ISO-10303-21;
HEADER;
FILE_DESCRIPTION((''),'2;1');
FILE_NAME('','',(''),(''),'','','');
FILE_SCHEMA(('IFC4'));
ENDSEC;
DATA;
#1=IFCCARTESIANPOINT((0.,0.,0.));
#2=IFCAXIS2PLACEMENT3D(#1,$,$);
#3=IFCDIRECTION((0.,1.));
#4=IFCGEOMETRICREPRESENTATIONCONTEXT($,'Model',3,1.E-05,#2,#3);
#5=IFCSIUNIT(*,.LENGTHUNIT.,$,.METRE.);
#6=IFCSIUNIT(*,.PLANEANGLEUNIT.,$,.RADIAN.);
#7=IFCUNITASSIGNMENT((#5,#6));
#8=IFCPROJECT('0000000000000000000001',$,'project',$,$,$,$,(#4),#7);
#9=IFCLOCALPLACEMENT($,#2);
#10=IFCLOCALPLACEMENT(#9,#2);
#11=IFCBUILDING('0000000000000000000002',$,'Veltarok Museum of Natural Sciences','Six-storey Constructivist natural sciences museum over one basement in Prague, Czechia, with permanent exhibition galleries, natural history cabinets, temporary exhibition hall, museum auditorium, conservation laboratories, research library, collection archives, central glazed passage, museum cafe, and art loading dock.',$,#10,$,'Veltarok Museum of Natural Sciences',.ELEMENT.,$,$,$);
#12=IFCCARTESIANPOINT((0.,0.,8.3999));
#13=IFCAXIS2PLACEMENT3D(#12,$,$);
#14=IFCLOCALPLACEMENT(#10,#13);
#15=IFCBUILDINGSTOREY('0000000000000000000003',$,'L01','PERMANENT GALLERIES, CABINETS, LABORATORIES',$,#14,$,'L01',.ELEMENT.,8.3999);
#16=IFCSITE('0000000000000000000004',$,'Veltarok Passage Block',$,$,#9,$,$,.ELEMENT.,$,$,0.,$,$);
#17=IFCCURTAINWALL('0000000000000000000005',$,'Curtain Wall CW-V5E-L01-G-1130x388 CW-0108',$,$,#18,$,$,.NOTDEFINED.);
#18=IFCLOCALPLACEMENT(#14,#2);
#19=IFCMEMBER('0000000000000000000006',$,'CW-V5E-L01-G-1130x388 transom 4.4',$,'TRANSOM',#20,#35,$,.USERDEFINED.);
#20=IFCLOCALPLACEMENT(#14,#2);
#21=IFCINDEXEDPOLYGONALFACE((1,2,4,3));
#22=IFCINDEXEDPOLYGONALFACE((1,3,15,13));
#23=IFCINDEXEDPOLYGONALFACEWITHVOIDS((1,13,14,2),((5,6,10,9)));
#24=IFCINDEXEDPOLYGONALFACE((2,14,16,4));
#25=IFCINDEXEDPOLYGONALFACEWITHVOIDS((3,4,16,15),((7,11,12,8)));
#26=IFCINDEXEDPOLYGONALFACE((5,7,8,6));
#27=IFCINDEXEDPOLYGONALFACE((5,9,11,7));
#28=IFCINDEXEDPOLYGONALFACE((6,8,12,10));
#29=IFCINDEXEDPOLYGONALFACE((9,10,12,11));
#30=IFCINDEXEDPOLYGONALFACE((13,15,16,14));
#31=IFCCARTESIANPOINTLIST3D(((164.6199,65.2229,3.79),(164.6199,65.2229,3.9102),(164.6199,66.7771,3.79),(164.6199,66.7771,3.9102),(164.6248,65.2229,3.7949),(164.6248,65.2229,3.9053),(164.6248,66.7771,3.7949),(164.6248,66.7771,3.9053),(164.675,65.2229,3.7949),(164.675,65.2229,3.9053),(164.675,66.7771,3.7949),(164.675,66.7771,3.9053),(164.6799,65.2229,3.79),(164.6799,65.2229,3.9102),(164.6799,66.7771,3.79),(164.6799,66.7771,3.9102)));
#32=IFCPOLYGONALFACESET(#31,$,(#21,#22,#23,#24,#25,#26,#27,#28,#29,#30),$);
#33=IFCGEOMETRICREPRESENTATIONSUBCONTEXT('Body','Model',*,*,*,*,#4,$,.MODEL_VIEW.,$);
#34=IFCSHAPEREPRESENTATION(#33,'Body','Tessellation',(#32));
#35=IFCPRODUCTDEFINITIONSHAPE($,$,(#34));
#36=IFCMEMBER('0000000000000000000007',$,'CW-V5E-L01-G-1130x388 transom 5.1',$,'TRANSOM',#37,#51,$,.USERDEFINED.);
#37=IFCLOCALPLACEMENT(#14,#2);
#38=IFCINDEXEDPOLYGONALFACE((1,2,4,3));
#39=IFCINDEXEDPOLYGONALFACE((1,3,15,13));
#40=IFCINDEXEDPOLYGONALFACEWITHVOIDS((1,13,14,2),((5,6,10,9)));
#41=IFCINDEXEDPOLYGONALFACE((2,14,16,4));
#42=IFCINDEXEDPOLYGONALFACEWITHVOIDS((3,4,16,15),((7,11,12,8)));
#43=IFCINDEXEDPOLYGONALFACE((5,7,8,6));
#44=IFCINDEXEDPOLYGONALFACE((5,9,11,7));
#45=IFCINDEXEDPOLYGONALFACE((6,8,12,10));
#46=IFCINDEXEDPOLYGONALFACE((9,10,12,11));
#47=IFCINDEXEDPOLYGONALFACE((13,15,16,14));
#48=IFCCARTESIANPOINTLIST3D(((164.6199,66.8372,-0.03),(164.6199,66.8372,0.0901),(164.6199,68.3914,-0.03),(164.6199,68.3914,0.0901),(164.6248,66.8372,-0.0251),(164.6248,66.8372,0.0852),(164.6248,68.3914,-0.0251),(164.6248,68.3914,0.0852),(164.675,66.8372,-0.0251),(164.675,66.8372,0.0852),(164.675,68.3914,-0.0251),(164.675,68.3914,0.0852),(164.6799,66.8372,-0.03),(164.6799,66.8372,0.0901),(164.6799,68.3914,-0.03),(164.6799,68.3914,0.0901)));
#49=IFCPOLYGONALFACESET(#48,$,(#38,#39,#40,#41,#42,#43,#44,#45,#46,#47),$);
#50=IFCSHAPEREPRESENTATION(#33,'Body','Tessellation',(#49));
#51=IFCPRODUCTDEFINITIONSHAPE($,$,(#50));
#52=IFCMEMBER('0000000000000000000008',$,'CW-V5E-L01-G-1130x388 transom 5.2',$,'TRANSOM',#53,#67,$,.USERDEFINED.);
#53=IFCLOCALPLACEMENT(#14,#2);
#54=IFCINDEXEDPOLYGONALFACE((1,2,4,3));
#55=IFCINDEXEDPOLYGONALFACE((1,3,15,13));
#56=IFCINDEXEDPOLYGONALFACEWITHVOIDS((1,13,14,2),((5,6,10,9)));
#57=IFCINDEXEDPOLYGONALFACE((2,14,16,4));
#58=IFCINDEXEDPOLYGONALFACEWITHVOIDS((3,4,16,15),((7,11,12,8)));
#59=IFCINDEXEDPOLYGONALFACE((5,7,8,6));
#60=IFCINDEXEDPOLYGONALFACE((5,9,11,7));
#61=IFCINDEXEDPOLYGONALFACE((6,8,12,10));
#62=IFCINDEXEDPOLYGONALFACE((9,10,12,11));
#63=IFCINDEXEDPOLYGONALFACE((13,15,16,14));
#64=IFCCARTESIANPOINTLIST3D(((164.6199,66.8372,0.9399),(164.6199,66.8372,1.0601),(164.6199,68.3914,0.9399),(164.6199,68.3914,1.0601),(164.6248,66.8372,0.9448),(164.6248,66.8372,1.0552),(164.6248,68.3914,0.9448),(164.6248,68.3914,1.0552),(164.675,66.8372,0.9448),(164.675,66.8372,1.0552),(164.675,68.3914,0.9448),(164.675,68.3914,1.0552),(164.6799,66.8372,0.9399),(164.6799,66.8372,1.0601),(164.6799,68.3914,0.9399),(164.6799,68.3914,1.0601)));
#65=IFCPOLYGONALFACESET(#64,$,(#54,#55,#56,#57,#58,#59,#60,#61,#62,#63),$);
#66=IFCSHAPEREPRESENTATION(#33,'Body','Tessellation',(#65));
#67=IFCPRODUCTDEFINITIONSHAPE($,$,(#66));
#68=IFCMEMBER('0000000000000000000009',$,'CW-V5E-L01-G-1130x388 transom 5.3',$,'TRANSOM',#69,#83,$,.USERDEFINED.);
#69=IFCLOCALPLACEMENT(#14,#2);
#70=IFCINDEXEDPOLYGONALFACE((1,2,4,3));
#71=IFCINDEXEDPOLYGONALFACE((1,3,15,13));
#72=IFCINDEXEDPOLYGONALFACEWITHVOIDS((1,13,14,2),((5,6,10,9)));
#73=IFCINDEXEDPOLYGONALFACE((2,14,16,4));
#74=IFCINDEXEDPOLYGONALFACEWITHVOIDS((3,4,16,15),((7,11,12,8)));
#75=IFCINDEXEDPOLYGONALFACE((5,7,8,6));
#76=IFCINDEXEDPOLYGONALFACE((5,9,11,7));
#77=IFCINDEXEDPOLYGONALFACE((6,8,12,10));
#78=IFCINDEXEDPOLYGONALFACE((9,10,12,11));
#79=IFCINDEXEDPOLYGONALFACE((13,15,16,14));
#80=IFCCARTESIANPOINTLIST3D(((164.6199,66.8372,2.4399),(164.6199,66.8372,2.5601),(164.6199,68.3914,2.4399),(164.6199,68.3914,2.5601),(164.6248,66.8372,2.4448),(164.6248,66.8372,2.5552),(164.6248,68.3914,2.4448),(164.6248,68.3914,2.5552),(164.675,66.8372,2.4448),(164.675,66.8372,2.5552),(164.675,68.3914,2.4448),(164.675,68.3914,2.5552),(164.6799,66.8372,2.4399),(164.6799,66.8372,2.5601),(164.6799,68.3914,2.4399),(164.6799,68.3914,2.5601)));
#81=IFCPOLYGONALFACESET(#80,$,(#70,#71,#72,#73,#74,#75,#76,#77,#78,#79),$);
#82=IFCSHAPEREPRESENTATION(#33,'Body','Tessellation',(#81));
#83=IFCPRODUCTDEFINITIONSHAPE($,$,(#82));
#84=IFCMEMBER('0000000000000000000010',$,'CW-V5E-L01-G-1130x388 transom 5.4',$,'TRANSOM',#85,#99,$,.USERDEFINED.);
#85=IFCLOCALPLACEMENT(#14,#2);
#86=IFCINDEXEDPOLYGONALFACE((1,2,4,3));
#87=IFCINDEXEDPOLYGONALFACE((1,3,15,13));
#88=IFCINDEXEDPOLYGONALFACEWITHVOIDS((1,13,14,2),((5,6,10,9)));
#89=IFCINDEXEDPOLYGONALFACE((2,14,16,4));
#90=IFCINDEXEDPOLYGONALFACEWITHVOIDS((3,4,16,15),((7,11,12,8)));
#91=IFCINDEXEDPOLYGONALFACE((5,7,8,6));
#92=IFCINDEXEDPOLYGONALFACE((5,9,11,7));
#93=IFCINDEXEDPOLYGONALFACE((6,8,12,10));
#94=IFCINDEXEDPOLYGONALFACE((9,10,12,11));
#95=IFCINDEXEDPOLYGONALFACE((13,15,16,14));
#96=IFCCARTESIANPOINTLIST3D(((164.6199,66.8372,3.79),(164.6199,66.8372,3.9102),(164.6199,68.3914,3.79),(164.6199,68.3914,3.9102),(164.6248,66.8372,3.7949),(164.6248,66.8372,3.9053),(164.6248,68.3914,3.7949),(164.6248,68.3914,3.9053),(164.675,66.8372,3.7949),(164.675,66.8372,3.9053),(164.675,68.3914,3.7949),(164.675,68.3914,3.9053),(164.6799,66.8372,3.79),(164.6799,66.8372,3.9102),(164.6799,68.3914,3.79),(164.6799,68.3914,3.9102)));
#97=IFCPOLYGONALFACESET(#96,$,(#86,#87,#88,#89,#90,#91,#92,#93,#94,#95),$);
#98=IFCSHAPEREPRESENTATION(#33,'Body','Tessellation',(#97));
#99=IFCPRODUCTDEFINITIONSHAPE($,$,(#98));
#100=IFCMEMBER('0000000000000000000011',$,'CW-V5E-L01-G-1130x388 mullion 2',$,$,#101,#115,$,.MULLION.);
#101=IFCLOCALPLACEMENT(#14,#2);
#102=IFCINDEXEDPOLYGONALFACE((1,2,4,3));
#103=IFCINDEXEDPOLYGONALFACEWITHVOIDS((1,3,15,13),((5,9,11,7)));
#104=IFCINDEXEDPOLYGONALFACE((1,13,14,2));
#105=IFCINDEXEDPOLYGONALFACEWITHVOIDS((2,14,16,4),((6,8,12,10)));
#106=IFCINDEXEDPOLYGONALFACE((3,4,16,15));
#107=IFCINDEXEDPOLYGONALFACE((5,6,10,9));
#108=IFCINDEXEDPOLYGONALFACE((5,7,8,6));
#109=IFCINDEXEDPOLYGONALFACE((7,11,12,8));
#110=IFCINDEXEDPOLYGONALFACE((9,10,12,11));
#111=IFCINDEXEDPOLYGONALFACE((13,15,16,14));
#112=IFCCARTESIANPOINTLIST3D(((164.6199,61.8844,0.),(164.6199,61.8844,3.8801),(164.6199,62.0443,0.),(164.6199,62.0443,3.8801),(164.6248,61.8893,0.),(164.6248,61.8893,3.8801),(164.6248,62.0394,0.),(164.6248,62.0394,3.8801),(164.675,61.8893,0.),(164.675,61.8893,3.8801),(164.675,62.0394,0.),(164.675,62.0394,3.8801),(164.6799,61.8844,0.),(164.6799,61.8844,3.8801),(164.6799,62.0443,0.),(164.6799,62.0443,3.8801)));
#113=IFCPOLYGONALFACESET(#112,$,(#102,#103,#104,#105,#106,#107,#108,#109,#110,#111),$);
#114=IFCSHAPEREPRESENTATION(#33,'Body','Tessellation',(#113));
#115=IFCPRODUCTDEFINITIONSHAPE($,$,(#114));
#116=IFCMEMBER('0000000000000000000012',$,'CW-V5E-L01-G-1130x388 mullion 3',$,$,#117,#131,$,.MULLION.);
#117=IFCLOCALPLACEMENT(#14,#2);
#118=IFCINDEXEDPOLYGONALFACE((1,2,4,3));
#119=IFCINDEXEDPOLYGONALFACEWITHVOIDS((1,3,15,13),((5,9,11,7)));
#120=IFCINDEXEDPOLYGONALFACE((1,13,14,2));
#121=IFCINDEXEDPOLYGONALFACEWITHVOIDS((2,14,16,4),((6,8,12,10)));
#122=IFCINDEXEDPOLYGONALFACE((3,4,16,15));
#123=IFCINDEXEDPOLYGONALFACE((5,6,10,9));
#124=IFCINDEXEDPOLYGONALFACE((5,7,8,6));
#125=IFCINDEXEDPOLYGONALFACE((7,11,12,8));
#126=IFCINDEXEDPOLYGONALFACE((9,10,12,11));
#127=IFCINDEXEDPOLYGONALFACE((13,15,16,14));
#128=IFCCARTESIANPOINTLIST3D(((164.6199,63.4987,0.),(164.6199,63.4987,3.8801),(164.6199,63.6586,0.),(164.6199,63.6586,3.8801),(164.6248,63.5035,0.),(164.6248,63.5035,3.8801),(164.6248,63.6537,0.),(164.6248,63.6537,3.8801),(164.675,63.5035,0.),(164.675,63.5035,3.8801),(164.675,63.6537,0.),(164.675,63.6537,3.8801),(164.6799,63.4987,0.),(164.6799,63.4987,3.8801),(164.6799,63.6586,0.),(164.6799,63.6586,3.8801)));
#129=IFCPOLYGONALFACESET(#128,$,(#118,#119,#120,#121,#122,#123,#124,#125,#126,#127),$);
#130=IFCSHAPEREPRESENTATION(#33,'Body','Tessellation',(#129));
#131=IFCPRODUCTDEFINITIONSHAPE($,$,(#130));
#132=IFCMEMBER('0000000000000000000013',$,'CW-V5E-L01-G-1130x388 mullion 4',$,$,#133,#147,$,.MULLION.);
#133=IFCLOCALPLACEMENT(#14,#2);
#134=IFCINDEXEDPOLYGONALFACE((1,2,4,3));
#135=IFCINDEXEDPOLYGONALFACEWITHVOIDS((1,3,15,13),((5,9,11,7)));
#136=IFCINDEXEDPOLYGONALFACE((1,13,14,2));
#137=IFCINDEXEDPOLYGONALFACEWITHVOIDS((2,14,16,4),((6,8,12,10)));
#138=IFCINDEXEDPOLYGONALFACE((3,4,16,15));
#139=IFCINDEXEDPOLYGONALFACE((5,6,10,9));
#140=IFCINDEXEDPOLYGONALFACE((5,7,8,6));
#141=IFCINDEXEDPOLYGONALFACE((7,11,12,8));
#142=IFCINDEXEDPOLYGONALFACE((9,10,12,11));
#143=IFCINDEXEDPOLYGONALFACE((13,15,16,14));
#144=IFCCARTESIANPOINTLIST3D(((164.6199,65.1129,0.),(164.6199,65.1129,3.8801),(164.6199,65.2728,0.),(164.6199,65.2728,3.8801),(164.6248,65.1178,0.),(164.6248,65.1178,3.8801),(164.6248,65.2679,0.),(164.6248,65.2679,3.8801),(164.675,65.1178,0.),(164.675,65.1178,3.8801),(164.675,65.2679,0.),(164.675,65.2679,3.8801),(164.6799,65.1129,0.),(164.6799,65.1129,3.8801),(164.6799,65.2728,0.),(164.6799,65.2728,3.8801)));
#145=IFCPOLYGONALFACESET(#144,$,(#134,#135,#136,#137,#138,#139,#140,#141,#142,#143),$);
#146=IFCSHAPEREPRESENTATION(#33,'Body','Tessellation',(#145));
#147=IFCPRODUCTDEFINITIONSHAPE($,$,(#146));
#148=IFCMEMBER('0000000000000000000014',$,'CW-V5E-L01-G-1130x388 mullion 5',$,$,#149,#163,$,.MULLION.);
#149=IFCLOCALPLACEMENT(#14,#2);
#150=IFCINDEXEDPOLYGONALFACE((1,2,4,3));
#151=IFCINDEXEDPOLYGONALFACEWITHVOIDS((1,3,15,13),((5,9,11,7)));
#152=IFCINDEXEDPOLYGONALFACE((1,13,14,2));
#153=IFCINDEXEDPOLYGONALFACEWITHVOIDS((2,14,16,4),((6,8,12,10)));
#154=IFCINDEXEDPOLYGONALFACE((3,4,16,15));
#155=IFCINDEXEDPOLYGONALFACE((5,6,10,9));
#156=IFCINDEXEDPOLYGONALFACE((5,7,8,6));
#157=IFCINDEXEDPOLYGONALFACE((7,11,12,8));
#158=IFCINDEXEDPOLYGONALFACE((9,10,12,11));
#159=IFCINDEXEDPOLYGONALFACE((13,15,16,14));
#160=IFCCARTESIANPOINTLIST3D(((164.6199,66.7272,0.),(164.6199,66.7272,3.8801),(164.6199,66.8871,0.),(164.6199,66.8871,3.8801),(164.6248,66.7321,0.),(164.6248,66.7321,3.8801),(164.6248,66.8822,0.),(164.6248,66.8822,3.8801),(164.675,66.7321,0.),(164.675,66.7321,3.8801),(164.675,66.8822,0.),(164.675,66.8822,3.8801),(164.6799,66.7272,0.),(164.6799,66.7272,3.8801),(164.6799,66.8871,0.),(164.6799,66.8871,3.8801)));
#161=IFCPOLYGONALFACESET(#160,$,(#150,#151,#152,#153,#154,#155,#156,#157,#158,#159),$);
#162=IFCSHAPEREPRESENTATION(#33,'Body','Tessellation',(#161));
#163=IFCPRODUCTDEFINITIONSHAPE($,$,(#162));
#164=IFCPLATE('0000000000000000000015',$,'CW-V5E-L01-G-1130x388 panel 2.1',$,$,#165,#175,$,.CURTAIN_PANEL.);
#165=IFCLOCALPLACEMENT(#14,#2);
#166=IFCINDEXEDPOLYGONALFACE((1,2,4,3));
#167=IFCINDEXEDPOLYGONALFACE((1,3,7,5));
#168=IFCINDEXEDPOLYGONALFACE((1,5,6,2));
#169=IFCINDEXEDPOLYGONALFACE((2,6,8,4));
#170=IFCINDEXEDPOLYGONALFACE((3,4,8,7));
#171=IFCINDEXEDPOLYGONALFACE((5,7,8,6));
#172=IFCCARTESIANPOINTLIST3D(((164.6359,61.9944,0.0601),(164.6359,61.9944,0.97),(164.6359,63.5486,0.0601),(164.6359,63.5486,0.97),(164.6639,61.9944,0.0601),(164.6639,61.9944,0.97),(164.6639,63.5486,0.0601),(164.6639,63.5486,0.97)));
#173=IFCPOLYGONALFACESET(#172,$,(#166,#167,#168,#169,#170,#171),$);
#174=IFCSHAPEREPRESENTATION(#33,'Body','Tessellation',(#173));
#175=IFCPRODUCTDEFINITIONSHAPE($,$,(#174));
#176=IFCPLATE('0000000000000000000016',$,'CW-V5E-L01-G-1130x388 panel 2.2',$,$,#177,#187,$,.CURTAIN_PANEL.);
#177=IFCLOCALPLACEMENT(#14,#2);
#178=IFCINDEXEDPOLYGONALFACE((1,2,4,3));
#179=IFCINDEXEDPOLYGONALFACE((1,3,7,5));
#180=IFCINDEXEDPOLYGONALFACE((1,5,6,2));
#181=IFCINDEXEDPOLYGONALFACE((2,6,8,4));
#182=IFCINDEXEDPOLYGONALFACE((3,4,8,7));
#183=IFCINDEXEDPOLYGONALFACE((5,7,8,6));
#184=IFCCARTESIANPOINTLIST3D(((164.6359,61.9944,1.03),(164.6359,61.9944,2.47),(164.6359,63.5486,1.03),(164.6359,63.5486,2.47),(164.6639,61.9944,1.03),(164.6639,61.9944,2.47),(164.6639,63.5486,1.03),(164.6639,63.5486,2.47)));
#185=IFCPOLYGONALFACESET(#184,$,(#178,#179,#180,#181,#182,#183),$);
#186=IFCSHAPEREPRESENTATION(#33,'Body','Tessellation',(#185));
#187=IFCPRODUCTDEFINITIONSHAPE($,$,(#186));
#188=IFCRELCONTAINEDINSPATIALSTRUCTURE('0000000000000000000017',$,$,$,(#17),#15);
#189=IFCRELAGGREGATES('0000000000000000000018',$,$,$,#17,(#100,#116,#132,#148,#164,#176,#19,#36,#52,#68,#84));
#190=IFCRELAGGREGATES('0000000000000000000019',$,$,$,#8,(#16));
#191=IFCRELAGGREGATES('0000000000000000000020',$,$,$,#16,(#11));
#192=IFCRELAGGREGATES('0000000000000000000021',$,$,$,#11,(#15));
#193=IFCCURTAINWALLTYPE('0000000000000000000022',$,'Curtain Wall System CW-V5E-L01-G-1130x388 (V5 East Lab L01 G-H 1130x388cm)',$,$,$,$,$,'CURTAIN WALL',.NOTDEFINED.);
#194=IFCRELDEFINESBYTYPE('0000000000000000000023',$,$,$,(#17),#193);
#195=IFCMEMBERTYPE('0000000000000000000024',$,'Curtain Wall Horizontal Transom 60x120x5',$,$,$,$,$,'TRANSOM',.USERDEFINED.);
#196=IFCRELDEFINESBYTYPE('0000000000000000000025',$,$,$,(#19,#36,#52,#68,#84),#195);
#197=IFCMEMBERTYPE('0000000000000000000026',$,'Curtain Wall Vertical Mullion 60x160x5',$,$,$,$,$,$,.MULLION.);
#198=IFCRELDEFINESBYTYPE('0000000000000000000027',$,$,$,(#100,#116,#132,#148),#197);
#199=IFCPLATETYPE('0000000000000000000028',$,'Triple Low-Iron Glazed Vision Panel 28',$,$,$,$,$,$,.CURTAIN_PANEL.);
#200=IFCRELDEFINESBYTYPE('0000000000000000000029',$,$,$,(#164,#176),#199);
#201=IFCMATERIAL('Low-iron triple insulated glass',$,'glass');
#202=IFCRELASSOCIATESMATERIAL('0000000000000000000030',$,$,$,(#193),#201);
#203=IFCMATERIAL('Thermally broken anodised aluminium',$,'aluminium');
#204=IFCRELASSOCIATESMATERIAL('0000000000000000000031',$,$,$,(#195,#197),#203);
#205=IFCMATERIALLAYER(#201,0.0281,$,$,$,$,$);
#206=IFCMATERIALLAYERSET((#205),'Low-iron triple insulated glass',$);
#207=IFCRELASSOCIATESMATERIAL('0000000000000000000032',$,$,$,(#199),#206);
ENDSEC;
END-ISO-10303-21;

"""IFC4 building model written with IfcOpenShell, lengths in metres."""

from ifc_helpers import new_model, si_unit, direction, frame, origin, origin_2d, place, context, subcontext, project, spatial, rectangle, hollow_rectangle, extrude, material, layer, layer_set, material_profile, profile_set, type_object, element, aggregate, save


model = new_model("IFC4")

# Units and contexts
model_context = context("Model", 3, precision=1e-05, world=origin(), true_north=direction((0.0, 1.0)))
body_context = subcontext(model_context, "Body", "Model", "MODEL_VIEW")
ifc_project = project(units=[si_unit("LENGTHUNIT", "METRE"), si_unit("PLANEANGLEUNIT", "RADIAN")], contexts=[model_context])

# Site, building, storey
site_placement = place(None, origin())
site = spatial("IfcSite", under=ifc_project, at=site_placement, Name="Veltarok Passage Block", CompositionType="ELEMENT", RefElevation=0.0)
building_placement = place(site_placement, origin())
building = spatial("IfcBuilding", under=site, at=building_placement, Name="Veltarok Museum of Natural Sciences", Description="Six-storey Constructivist natural sciences museum over one basement in Prague, Czechia, with permanent exhibition galleries, natural history cabinets, temporary exhibition hall, museum auditorium, conservation laboratories, research library, collection archives, central glazed passage, museum cafe, and art loading dock.", LongName="Veltarok Museum of Natural Sciences", CompositionType="ELEMENT")
storey_placement = place(building_placement, frame((0.0, 0.0, 8.3999)))
storey = spatial("IfcBuildingStorey", under=building, at=storey_placement, Name="L01", Description="PERMANENT GALLERIES, CABINETS, LABORATORIES", LongName="L01", CompositionType="ELEMENT", Elevation=8.3999)

# Curtain wall, members, plates
ifc_material_1 = material(Name="Low-iron triple insulated glass", Category="glass")
curtain_wall_type = type_object("IfcCurtainWallType", Name="Curtain Wall System CW-V5E-L01-G-1130x388 (V5 East Lab L01 G-H 1130x388cm)", ElementType="CURTAIN WALL", PredefinedType="NOTDEFINED", material=ifc_material_1)
curtain_wall_placement = place(storey_placement, origin())
curtain_wall = element("IfcCurtainWall", 1, at=curtain_wall_placement, inside=storey, type_object=curtain_wall_type, Name="Curtain Wall CW-V5E-L01-G-1130x388 CW-0108", PredefinedType="NOTDEFINED")
ifc_material_2 = material(Name="Thermally broken anodised aluminium", Category="aluminium")
ifc_material_profile_1 = material_profile(ifc_material_2, hollow_rectangle(XDim=0.0601, YDim=0.1201, WallThickness=0.0049, at=origin_2d()), Name="CW TRANSOM 60x120x5")
ifc_profile_set_1 = profile_set([ifc_material_profile_1], Name="Thermally broken anodised aluminium")
member_type_1 = type_object("IfcMemberType", Name="Curtain Wall Horizontal Transom 60x120x5", ElementType="TRANSOM", PredefinedType="USERDEFINED", material=ifc_profile_set_1)
member_1_placement = place(storey_placement, frame((164.6499, 65.2229, 3.8501), z_axis=(0.0, 1.0, 0.0), x_axis=(-1.0, 0.0, 0.0)))
member_1 = element("IfcMember", 2, at=member_1_placement, type_object=member_type_1, Name="CW-V5E-L01-G-1130x388 transom 4.4", ObjectType="TRANSOM", PredefinedType="USERDEFINED", context=body_context, shape_type="SweptSolid", body=[
    extrude(hollow_rectangle(XDim=0.0601, YDim=0.1201, WallThickness=0.0049, at=origin_2d()), origin(), (0.0, 0.0, 1.0), 1.5542),
])
member_2_placement = place(storey_placement, frame((164.6499, 66.8372, 0.03), z_axis=(0.0, 1.0, 0.0), x_axis=(-1.0, 0.0, 0.0)))
member_2 = element("IfcMember", 3, at=member_2_placement, type_object=member_type_1, Name="CW-V5E-L01-G-1130x388 transom 5.1", ObjectType="TRANSOM", PredefinedType="USERDEFINED", context=body_context, shape_type="SweptSolid", body=[
    extrude(hollow_rectangle(XDim=0.0601, YDim=0.1201, WallThickness=0.0049, at=origin_2d()), origin(), (0.0, 0.0, 1.0), 1.5542),
])
member_3_placement = place(storey_placement, frame((164.6499, 66.8372, 1.0), z_axis=(0.0, 1.0, 0.0), x_axis=(-1.0, 0.0, 0.0)))
member_3 = element("IfcMember", 4, at=member_3_placement, type_object=member_type_1, Name="CW-V5E-L01-G-1130x388 transom 5.2", ObjectType="TRANSOM", PredefinedType="USERDEFINED", context=body_context, shape_type="SweptSolid", body=[
    extrude(hollow_rectangle(XDim=0.0601, YDim=0.1201, WallThickness=0.0049, at=origin_2d()), origin(), (0.0, 0.0, 1.0), 1.5542),
])
member_4_placement = place(storey_placement, frame((164.6499, 66.8372, 2.5), z_axis=(0.0, 1.0, 0.0), x_axis=(-1.0, 0.0, 0.0)))
member_4 = element("IfcMember", 5, at=member_4_placement, type_object=member_type_1, Name="CW-V5E-L01-G-1130x388 transom 5.3", ObjectType="TRANSOM", PredefinedType="USERDEFINED", context=body_context, shape_type="SweptSolid", body=[
    extrude(hollow_rectangle(XDim=0.0601, YDim=0.1201, WallThickness=0.0049, at=origin_2d()), origin(), (0.0, 0.0, 1.0), 1.5542),
])
member_5_placement = place(storey_placement, frame((164.6499, 66.8372, 3.8501), z_axis=(0.0, 1.0, 0.0), x_axis=(-1.0, 0.0, 0.0)))
member_5 = element("IfcMember", 6, at=member_5_placement, type_object=member_type_1, Name="CW-V5E-L01-G-1130x388 transom 5.4", ObjectType="TRANSOM", PredefinedType="USERDEFINED", context=body_context, shape_type="SweptSolid", body=[
    extrude(hollow_rectangle(XDim=0.0601, YDim=0.1201, WallThickness=0.0049, at=origin_2d()), origin(), (0.0, 0.0, 1.0), 1.5542),
])
ifc_material_profile_2 = material_profile(ifc_material_2, hollow_rectangle(XDim=0.0601, YDim=0.1599, WallThickness=0.0049, at=origin_2d()), Name="CW MULLION 60x160x5")
ifc_profile_set_2 = profile_set([ifc_material_profile_2], Name="Thermally broken anodised aluminium")
member_type_2 = type_object("IfcMemberType", Name="Curtain Wall Vertical Mullion 60x160x5", PredefinedType="MULLION", material=ifc_profile_set_2)
member_6_placement = place(storey_placement, frame((164.6499, 61.9644, 0.0), z_axis=(0.0, 0.0, 1.0), x_axis=(-1.0, 0.0, 0.0)))
member_6 = element("IfcMember", 7, at=member_6_placement, type_object=member_type_2, Name="CW-V5E-L01-G-1130x388 mullion 2", PredefinedType="MULLION", context=body_context, shape_type="SweptSolid", body=[
    extrude(hollow_rectangle(XDim=0.0601, YDim=0.1599, WallThickness=0.0049, at=origin_2d()), origin(), (0.0, 0.0, 1.0), 3.8801),
])
member_7_placement = place(storey_placement, frame((164.6499, 63.5786, 0.0), z_axis=(0.0, 0.0, 1.0), x_axis=(-1.0, 0.0, 0.0)))
member_7 = element("IfcMember", 8, at=member_7_placement, type_object=member_type_2, Name="CW-V5E-L01-G-1130x388 mullion 3", PredefinedType="MULLION", context=body_context, shape_type="SweptSolid", body=[
    extrude(hollow_rectangle(XDim=0.0601, YDim=0.1599, WallThickness=0.0049, at=origin_2d()), origin(), (0.0, 0.0, 1.0), 3.8801),
])
member_8_placement = place(storey_placement, frame((164.6499, 65.1929, 0.0), z_axis=(0.0, 0.0, 1.0), x_axis=(-1.0, 0.0, 0.0)))
member_8 = element("IfcMember", 9, at=member_8_placement, type_object=member_type_2, Name="CW-V5E-L01-G-1130x388 mullion 4", PredefinedType="MULLION", context=body_context, shape_type="SweptSolid", body=[
    extrude(hollow_rectangle(XDim=0.0601, YDim=0.1599, WallThickness=0.0049, at=origin_2d()), origin(), (0.0, 0.0, 1.0), 3.8801),
])
member_9_placement = place(storey_placement, frame((164.6499, 66.8071, 0.0), z_axis=(0.0, 0.0, 1.0), x_axis=(-1.0, 0.0, 0.0)))
member_9 = element("IfcMember", 10, at=member_9_placement, type_object=member_type_2, Name="CW-V5E-L01-G-1130x388 mullion 5", PredefinedType="MULLION", context=body_context, shape_type="SweptSolid", body=[
    extrude(hollow_rectangle(XDim=0.0601, YDim=0.1599, WallThickness=0.0049, at=origin_2d()), origin(), (0.0, 0.0, 1.0), 3.8801),
])
ifc_layer = layer(ifc_material_1, 0.0281)
ifc_layer_set = layer_set([ifc_layer], Name="Low-iron triple insulated glass")
plate_type = type_object("IfcPlateType", Name="Triple Low-Iron Glazed Vision Panel 28", PredefinedType="CURTAIN_PANEL", material=ifc_layer_set)
plate_1_placement = place(storey_placement, frame((164.6499, 62.7715, 0.0601), z_axis=(0.0, 0.0, 1.0), x_axis=(0.0, 1.0, 0.0)))
plate_1 = element("IfcPlate", 11, at=plate_1_placement, type_object=plate_type, Name="CW-V5E-L01-G-1130x388 panel 2.1", PredefinedType="CURTAIN_PANEL", context=body_context, shape_type="SweptSolid", body=[
    extrude(rectangle(XDim=1.5542, YDim=0.0281, at=origin_2d()), origin(), (0.0, 0.0, 1.0), 0.9099),
])
plate_2_placement = place(storey_placement, frame((164.6499, 62.7715, 1.03), z_axis=(0.0, 0.0, 1.0), x_axis=(0.0, 1.0, 0.0)))
plate_2 = element("IfcPlate", 12, at=plate_2_placement, type_object=plate_type, Name="CW-V5E-L01-G-1130x388 panel 2.2", PredefinedType="CURTAIN_PANEL", context=body_context, shape_type="SweptSolid", body=[
    extrude(rectangle(XDim=1.5542, YDim=0.0281, at=origin_2d()), origin(), (0.0, 0.0, 1.0), 1.4399),
])
aggregate(curtain_wall, [member_6, member_7, member_8, member_9, plate_1, plate_2, member_1, member_2, member_3, member_4, member_5])

save(model, "model.ifc")
